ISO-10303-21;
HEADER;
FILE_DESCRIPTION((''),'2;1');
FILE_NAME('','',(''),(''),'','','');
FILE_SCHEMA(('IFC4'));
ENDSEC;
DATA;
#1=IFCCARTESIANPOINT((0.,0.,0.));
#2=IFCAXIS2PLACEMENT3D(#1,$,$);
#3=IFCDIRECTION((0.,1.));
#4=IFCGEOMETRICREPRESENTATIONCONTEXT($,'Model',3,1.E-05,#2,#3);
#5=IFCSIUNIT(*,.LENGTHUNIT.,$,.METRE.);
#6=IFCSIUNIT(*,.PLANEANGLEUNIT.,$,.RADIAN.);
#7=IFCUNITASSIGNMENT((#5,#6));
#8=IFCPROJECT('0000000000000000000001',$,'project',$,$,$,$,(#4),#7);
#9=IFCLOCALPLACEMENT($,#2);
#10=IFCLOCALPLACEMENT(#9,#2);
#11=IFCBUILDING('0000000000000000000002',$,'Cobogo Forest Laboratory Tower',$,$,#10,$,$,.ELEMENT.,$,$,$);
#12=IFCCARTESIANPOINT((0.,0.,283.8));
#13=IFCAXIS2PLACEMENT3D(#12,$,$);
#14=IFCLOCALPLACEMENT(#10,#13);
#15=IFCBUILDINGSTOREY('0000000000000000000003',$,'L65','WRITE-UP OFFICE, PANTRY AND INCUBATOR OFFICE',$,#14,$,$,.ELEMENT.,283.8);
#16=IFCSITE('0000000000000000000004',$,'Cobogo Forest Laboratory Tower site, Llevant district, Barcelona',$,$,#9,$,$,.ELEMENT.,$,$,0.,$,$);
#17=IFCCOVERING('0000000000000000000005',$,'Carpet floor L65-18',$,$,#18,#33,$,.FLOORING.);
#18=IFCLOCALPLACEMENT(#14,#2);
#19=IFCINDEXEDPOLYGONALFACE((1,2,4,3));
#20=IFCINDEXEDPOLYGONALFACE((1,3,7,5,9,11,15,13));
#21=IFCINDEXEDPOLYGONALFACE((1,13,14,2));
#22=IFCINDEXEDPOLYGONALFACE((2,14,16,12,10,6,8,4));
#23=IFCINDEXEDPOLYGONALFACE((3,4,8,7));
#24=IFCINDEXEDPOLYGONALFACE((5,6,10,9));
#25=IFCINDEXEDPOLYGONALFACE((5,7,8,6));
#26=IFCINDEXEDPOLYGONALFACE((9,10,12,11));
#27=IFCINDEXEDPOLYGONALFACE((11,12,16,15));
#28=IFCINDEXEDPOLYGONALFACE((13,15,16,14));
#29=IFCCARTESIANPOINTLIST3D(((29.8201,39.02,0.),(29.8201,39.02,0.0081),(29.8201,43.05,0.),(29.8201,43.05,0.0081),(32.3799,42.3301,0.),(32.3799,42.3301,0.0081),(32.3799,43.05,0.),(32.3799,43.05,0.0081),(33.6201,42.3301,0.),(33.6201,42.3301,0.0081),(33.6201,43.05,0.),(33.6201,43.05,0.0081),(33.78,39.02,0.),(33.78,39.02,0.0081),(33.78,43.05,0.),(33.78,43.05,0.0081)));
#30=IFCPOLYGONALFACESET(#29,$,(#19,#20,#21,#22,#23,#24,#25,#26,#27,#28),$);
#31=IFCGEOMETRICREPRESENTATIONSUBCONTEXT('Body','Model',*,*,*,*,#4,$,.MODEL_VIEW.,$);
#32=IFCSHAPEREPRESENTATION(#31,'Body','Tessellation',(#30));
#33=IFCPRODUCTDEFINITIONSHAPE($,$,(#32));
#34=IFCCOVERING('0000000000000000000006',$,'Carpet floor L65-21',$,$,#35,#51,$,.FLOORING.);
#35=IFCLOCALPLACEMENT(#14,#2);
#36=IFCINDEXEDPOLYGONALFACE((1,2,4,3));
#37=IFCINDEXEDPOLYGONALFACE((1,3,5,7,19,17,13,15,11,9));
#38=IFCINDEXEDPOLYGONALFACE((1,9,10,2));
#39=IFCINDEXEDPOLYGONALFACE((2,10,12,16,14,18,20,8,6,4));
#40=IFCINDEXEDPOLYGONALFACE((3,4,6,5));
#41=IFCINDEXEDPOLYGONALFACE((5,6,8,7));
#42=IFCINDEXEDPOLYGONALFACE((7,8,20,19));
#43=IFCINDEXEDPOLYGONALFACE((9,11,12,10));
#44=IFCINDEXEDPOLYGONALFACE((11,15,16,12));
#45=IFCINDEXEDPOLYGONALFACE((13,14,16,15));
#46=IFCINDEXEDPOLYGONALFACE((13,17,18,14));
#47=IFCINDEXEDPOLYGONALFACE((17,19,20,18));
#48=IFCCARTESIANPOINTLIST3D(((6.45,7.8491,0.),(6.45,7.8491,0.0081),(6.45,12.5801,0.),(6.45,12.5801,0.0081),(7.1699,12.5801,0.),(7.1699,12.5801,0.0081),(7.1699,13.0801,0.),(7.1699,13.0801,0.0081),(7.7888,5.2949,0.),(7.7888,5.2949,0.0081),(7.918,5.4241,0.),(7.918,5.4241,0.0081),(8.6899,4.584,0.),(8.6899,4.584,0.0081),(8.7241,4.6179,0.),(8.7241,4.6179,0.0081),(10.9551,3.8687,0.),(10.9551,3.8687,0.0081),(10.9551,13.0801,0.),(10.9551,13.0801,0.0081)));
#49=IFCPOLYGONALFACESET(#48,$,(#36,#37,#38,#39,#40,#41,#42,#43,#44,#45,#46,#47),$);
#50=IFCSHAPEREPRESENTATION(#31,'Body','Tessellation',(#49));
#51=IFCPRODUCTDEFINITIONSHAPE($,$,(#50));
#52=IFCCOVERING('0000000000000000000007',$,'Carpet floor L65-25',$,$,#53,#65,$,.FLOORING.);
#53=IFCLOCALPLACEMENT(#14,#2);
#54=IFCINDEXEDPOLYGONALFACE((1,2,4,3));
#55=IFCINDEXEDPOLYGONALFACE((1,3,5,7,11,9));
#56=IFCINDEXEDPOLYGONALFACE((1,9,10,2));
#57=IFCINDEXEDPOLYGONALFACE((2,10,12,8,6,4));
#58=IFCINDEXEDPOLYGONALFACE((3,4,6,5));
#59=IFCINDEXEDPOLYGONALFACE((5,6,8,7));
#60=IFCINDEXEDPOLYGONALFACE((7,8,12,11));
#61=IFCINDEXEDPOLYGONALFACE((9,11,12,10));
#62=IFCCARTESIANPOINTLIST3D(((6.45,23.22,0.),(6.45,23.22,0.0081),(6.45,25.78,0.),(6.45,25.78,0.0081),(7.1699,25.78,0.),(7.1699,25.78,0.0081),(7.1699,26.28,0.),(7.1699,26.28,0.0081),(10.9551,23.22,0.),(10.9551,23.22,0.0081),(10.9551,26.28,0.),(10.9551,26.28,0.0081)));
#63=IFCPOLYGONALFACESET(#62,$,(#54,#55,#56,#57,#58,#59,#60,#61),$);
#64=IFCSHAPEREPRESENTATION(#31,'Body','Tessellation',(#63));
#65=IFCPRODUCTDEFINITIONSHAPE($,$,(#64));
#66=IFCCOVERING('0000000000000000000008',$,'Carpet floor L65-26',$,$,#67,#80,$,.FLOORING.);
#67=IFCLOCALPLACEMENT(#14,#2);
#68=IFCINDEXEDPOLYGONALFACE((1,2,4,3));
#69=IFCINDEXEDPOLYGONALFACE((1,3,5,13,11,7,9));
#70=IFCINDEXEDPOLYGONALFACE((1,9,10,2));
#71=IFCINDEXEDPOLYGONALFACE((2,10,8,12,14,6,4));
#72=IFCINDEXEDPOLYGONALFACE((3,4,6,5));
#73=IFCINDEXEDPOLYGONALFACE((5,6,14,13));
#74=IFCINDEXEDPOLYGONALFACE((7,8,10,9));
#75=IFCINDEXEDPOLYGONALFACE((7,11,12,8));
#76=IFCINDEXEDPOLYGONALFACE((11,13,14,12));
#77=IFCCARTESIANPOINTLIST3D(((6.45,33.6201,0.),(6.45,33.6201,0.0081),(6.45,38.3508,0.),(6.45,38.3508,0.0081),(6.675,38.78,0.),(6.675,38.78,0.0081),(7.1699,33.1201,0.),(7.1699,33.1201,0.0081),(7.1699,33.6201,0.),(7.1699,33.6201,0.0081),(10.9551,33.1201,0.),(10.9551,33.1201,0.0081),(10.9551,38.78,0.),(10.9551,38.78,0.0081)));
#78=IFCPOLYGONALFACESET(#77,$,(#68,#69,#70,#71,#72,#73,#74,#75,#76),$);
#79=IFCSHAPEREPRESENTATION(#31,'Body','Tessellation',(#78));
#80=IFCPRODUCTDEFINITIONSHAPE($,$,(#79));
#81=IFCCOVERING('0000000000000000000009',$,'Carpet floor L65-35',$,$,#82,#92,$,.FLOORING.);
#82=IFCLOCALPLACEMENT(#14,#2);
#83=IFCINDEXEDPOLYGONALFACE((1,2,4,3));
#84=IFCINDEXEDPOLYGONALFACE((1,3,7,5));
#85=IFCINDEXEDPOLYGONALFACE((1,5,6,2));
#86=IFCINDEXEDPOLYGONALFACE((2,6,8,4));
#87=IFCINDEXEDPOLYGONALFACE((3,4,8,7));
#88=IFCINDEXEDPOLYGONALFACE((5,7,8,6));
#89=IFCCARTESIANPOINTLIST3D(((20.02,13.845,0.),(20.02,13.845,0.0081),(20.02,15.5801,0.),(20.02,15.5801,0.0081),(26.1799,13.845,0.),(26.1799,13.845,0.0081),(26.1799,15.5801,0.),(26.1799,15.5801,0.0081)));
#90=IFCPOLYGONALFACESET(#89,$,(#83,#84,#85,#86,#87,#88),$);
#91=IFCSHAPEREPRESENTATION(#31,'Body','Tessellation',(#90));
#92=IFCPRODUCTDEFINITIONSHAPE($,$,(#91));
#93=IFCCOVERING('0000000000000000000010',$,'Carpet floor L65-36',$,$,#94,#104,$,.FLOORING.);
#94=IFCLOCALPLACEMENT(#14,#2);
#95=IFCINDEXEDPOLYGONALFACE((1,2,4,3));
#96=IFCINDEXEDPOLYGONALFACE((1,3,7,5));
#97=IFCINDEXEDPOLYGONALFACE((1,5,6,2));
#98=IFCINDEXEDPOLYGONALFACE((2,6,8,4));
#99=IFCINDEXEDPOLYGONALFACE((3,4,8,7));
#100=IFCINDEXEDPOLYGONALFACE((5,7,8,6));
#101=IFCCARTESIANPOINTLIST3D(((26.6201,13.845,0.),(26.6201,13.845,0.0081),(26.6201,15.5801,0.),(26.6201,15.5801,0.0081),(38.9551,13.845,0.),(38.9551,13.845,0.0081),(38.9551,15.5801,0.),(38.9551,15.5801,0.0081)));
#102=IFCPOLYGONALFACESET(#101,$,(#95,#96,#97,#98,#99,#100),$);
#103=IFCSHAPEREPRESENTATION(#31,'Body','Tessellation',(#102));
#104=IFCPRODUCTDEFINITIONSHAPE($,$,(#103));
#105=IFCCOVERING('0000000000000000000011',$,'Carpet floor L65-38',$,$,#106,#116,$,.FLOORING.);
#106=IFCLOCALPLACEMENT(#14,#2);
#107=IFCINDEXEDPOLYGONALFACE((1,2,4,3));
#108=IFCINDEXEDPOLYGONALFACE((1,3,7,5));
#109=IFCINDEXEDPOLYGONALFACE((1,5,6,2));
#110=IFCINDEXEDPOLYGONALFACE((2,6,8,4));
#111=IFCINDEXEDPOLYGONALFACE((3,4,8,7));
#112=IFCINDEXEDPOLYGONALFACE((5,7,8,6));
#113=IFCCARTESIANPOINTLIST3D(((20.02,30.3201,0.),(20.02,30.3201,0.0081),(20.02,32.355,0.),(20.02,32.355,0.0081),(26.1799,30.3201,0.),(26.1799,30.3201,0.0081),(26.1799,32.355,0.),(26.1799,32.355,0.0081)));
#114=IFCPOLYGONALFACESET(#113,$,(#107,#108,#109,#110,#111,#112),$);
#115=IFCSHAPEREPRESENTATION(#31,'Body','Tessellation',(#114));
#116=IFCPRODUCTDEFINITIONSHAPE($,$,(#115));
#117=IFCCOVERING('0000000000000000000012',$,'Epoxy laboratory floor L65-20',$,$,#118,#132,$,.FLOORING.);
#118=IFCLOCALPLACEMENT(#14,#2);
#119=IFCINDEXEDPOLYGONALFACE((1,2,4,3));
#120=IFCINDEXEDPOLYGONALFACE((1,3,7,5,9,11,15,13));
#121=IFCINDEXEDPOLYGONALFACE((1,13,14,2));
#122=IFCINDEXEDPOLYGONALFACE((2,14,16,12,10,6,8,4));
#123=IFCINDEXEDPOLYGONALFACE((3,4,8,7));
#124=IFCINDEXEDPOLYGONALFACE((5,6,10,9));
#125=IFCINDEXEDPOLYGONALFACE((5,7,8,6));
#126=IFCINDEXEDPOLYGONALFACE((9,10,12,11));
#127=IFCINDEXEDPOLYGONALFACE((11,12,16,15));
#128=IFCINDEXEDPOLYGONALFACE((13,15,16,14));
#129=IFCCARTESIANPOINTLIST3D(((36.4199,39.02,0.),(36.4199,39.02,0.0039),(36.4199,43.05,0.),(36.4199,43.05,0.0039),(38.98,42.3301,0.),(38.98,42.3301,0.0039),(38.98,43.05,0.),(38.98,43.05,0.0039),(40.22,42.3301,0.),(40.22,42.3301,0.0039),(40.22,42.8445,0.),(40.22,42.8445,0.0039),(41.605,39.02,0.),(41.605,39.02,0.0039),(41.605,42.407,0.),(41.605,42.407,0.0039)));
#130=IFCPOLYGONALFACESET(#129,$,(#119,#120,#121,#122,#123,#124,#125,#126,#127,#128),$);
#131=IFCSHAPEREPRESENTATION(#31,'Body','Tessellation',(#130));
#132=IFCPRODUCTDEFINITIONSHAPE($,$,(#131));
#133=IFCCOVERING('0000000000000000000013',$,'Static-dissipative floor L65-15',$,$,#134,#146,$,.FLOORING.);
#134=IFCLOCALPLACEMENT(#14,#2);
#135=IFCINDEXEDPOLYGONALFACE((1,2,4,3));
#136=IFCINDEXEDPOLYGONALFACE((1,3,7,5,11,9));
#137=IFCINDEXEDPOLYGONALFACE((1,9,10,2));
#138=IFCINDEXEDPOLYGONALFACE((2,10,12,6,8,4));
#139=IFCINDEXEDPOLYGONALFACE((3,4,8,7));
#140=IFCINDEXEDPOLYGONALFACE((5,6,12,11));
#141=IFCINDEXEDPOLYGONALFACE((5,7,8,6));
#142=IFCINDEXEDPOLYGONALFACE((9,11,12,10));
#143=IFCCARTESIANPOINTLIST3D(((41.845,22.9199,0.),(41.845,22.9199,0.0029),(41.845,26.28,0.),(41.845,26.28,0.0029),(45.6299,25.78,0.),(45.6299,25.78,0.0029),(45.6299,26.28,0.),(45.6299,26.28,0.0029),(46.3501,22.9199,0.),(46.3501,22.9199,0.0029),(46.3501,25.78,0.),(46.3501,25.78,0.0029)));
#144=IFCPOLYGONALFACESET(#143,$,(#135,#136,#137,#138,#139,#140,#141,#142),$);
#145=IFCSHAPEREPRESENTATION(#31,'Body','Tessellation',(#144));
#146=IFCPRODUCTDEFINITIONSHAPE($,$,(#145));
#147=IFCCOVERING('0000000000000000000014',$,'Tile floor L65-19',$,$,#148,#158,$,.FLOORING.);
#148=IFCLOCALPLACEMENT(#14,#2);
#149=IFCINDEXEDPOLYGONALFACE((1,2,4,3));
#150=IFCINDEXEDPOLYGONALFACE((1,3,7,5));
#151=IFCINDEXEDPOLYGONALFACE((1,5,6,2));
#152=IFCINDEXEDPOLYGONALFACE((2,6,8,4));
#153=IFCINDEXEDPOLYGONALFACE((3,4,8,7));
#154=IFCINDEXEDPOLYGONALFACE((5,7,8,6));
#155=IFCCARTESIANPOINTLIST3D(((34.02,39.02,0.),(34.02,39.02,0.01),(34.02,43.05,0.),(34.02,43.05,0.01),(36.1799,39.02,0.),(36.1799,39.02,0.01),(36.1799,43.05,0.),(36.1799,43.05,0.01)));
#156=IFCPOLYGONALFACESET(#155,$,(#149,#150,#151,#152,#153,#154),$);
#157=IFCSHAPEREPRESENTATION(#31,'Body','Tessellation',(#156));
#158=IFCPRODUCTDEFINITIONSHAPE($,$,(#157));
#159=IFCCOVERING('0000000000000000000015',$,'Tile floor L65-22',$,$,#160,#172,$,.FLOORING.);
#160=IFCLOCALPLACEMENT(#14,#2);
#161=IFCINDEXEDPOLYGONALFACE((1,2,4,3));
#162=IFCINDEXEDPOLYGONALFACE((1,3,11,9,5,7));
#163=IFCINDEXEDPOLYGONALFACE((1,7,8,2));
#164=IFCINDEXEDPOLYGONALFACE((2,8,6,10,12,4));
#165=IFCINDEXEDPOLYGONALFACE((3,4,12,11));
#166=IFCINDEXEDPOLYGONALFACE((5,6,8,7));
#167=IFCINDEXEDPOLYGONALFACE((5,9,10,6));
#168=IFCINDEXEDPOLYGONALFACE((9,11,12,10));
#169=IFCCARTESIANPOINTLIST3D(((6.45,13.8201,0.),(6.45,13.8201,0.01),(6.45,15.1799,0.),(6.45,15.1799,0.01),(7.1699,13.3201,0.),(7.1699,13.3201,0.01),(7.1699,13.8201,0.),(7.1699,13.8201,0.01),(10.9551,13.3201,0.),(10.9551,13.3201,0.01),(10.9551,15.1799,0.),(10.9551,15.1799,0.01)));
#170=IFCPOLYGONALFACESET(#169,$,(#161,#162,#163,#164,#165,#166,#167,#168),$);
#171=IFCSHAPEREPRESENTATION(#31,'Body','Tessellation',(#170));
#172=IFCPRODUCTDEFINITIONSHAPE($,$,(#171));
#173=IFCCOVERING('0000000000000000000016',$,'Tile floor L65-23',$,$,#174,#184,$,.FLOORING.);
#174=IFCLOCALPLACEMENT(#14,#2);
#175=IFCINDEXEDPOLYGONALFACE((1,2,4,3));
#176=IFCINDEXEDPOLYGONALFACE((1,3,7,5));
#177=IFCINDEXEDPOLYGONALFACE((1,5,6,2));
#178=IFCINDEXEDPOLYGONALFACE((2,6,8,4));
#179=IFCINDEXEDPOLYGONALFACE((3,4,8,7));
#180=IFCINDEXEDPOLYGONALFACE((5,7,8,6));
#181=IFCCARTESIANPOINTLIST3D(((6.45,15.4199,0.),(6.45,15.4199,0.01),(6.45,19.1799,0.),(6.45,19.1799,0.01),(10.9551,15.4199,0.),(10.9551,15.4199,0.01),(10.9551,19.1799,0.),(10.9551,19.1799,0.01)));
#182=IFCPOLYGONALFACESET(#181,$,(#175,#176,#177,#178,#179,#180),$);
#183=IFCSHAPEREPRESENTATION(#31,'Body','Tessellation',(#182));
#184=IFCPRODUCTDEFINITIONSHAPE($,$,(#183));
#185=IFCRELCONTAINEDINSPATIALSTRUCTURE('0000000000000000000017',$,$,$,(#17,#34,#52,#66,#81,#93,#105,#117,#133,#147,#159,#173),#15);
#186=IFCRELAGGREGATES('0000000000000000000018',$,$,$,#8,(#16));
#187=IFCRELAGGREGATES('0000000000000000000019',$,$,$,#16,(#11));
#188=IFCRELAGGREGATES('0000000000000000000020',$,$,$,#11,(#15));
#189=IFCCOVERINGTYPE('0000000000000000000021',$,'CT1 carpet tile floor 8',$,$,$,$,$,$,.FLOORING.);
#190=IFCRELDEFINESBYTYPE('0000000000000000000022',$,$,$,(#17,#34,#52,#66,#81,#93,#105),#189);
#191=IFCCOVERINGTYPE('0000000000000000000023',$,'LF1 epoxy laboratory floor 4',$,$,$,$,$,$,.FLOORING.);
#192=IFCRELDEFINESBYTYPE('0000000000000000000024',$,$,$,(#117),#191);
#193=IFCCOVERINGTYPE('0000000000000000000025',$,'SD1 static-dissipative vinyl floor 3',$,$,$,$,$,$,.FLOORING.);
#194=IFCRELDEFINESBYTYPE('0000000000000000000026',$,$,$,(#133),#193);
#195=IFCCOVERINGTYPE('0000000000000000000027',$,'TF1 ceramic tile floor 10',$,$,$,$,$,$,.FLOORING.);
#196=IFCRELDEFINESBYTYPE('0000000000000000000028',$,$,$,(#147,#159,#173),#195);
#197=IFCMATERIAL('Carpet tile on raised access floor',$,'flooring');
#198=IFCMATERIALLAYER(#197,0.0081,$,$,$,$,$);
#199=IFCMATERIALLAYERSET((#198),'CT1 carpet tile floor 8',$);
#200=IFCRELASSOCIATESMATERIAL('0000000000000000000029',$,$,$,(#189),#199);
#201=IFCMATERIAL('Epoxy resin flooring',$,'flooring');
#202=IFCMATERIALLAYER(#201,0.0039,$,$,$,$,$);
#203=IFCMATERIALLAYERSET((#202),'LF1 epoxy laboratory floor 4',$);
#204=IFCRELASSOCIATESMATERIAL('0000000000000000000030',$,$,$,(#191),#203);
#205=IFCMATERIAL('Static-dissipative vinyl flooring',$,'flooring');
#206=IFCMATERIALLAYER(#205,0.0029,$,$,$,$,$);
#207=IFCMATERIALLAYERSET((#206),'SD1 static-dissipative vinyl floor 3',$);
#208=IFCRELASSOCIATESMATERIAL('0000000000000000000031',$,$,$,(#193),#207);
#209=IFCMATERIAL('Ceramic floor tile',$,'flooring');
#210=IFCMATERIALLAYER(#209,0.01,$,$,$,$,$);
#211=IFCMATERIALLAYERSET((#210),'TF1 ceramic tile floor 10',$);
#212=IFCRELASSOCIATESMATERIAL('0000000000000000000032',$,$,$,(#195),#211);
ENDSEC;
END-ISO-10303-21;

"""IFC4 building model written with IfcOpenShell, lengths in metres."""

from ifc_helpers import new_model, si_unit, direction, frame, origin, place, context, subcontext, project, spatial, polyline, outline, extrude, material, layer, layer_set, type_object, element, save


model = new_model("IFC4")

# Units and contexts
model_context = context("Model", 3, precision=1e-05, world=origin(), true_north=direction((0.0, 1.0)))
body_context = subcontext(model_context, "Body", "Model", "MODEL_VIEW")
ifc_project = project(units=[si_unit("LENGTHUNIT", "METRE"), si_unit("PLANEANGLEUNIT", "RADIAN")], contexts=[model_context])

# Site, building, storey
site_placement = place(None, origin())
site = spatial("IfcSite", under=ifc_project, at=site_placement, Name="Cobogo Forest Laboratory Tower site, Llevant district, Barcelona", CompositionType="ELEMENT", RefElevation=0.0)
building_placement = place(site_placement, origin())
building = spatial("IfcBuilding", under=site, at=building_placement, Name="Cobogo Forest Laboratory Tower", CompositionType="ELEMENT")
storey_placement = place(building_placement, frame((0.0, 0.0, 283.8)))
storey = spatial("IfcBuildingStorey", under=building, at=storey_placement, Name="L65", Description="WRITE-UP OFFICE, PANTRY AND INCUBATOR OFFICE", CompositionType="ELEMENT", Elevation=283.8)

# Coverings
ifc_material_1 = material(Name="Carpet tile on raised access floor", Category="flooring")
ifc_layer_1 = layer(ifc_material_1, 0.0081)
ifc_layer_set_1 = layer_set([ifc_layer_1], Name="CT1 carpet tile floor 8")
covering_type_1 = type_object("IfcCoveringType", Name="CT1 carpet tile floor 8", PredefinedType="FLOORING", material=ifc_layer_set_1)
covering_1_placement = place(storey_placement, origin())
element("IfcCovering", 1, at=covering_1_placement, inside=storey, type_object=covering_type_1, Name="Carpet floor L65-18", PredefinedType="FLOORING", context=body_context, shape_type="SweptSolid", body=[
    extrude(outline(polyline([(29.8201, 39.02), (29.8201, 43.05), (32.3799, 43.05), (32.3799, 42.3301), (33.6201, 42.3301), (33.6201, 43.05), (33.78, 43.05), (33.78, 39.02), (29.8201, 39.02)])), origin(), (0.0, 0.0, 1.0), 0.0081),
])
covering_2_placement = place(storey_placement, origin())
element("IfcCovering", 2, at=covering_2_placement, inside=storey, type_object=covering_type_1, Name="Carpet floor L65-21", PredefinedType="FLOORING", context=body_context, shape_type="SweptSolid", body=[
    extrude(outline(polyline([(8.6899, 4.584), (8.7241, 4.6179), (7.918, 5.4241), (7.7888, 5.2949), (6.45, 7.8491), (6.45, 12.5801), (7.1699, 12.5801), (7.1699, 13.0801), (10.9551, 13.0801), (10.9551, 3.8687), (8.6899, 4.584)])), origin(), (0.0, 0.0, 1.0), 0.0081),
])
covering_3_placement = place(storey_placement, origin())
element("IfcCovering", 3, at=covering_3_placement, inside=storey, type_object=covering_type_1, Name="Carpet floor L65-25", PredefinedType="FLOORING", context=body_context, shape_type="SweptSolid", body=[
    extrude(outline(polyline([(10.9551, 23.22), (6.45, 23.22), (6.45, 25.78), (7.1699, 25.78), (7.1699, 26.28), (10.9551, 26.28), (10.9551, 23.22)])), origin(), (0.0, 0.0, 1.0), 0.0081),
])
covering_4_placement = place(storey_placement, origin())
element("IfcCovering", 4, at=covering_4_placement, inside=storey, type_object=covering_type_1, Name="Carpet floor L65-26", PredefinedType="FLOORING", context=body_context, shape_type="SweptSolid", body=[
    extrude(outline(polyline([(10.9551, 33.1201), (7.1699, 33.1201), (7.1699, 33.6201), (6.45, 33.6201), (6.45, 38.3508), (6.675, 38.78), (10.9551, 38.78), (10.9551, 33.1201)])), origin(), (0.0, 0.0, 1.0), 0.0081),
])
covering_5_placement = place(storey_placement, origin())
element("IfcCovering", 5, at=covering_5_placement, inside=storey, type_object=covering_type_1, Name="Carpet floor L65-35", PredefinedType="FLOORING", context=body_context, shape_type="SweptSolid", body=[
    extrude(outline(polyline([(26.1799, 13.845), (20.02, 13.845), (20.02, 15.5801), (26.1799, 15.5801), (26.1799, 13.845)])), origin(), (0.0, 0.0, 1.0), 0.0081),
])
covering_6_placement = place(storey_placement, origin())
element("IfcCovering", 6, at=covering_6_placement, inside=storey, type_object=covering_type_1, Name="Carpet floor L65-36", PredefinedType="FLOORING", context=body_context, shape_type="SweptSolid", body=[
    extrude(outline(polyline([(38.9551, 13.845), (26.6201, 13.845), (26.6201, 15.5801), (38.9551, 15.5801), (38.9551, 13.845)])), origin(), (0.0, 0.0, 1.0), 0.0081),
])
covering_7_placement = place(storey_placement, origin())
element("IfcCovering", 7, at=covering_7_placement, inside=storey, type_object=covering_type_1, Name="Carpet floor L65-38", PredefinedType="FLOORING", context=body_context, shape_type="SweptSolid", body=[
    extrude(outline(polyline([(26.1799, 30.3201), (20.02, 30.3201), (20.02, 32.355), (26.1799, 32.355), (26.1799, 30.3201)])), origin(), (0.0, 0.0, 1.0), 0.0081),
])
ifc_material_2 = material(Name="Epoxy resin flooring", Category="flooring")
ifc_layer_2 = layer(ifc_material_2, 0.0039)
ifc_layer_set_2 = layer_set([ifc_layer_2], Name="LF1 epoxy laboratory floor 4")
covering_type_2 = type_object("IfcCoveringType", Name="LF1 epoxy laboratory floor 4", PredefinedType="FLOORING", material=ifc_layer_set_2)
covering_8_placement = place(storey_placement, origin())
element("IfcCovering", 8, at=covering_8_placement, inside=storey, type_object=covering_type_2, Name="Epoxy laboratory floor L65-20", PredefinedType="FLOORING", context=body_context, shape_type="SweptSolid", body=[
    extrude(outline(polyline([(36.4199, 39.02), (36.4199, 43.05), (38.98, 43.05), (38.98, 42.3301), (40.22, 42.3301), (40.22, 42.8445), (41.605, 42.407), (41.605, 39.02), (36.4199, 39.02)])), origin(), (0.0, 0.0, 1.0), 0.0039),
])
ifc_material_3 = material(Name="Static-dissipative vinyl flooring", Category="flooring")
ifc_layer_3 = layer(ifc_material_3, 0.0029)
ifc_layer_set_3 = layer_set([ifc_layer_3], Name="SD1 static-dissipative vinyl floor 3")
covering_type_3 = type_object("IfcCoveringType", Name="SD1 static-dissipative vinyl floor 3", PredefinedType="FLOORING", material=ifc_layer_set_3)
covering_9_placement = place(storey_placement, origin())
element("IfcCovering", 9, at=covering_9_placement, inside=storey, type_object=covering_type_3, Name="Static-dissipative floor L65-15", PredefinedType="FLOORING", context=body_context, shape_type="SweptSolid", body=[
    extrude(outline(polyline([(41.845, 26.28), (45.6299, 26.28), (45.6299, 25.78), (46.3501, 25.78), (46.3501, 22.9199), (41.845, 22.9199), (41.845, 26.28)])), origin(), (0.0, 0.0, 1.0), 0.0029),
])
ifc_material_4 = material(Name="Ceramic floor tile", Category="flooring")
ifc_layer_4 = layer(ifc_material_4, 0.01)
ifc_layer_set_4 = layer_set([ifc_layer_4], Name="TF1 ceramic tile floor 10")
covering_type_4 = type_object("IfcCoveringType", Name="TF1 ceramic tile floor 10", PredefinedType="FLOORING", material=ifc_layer_set_4)
covering_10_placement = place(storey_placement, origin())
element("IfcCovering", 10, at=covering_10_placement, inside=storey, type_object=covering_type_4, Name="Tile floor L65-19", PredefinedType="FLOORING", context=body_context, shape_type="SweptSolid", body=[
    extrude(outline(polyline([(36.1799, 39.02), (34.02, 39.02), (34.02, 43.05), (36.1799, 43.05), (36.1799, 39.02)])), origin(), (0.0, 0.0, 1.0), 0.01),
])
covering_11_placement = place(storey_placement, origin())
element("IfcCovering", 11, at=covering_11_placement, inside=storey, type_object=covering_type_4, Name="Tile floor L65-22", PredefinedType="FLOORING", context=body_context, shape_type="SweptSolid", body=[
    extrude(outline(polyline([(10.9551, 13.3201), (7.1699, 13.3201), (7.1699, 13.8201), (6.45, 13.8201), (6.45, 15.1799), (10.9551, 15.1799), (10.9551, 13.3201)])), origin(), (0.0, 0.0, 1.0), 0.01),
])
covering_12_placement = place(storey_placement, origin())
element("IfcCovering", 12, at=covering_12_placement, inside=storey, type_object=covering_type_4, Name="Tile floor L65-23", PredefinedType="FLOORING", context=body_context, shape_type="SweptSolid", body=[
    extrude(outline(polyline([(10.9551, 15.4199), (6.45, 15.4199), (6.45, 19.1799), (10.9551, 19.1799), (10.9551, 15.4199)])), origin(), (0.0, 0.0, 1.0), 0.01),
])

save(model, "model.ifc")
